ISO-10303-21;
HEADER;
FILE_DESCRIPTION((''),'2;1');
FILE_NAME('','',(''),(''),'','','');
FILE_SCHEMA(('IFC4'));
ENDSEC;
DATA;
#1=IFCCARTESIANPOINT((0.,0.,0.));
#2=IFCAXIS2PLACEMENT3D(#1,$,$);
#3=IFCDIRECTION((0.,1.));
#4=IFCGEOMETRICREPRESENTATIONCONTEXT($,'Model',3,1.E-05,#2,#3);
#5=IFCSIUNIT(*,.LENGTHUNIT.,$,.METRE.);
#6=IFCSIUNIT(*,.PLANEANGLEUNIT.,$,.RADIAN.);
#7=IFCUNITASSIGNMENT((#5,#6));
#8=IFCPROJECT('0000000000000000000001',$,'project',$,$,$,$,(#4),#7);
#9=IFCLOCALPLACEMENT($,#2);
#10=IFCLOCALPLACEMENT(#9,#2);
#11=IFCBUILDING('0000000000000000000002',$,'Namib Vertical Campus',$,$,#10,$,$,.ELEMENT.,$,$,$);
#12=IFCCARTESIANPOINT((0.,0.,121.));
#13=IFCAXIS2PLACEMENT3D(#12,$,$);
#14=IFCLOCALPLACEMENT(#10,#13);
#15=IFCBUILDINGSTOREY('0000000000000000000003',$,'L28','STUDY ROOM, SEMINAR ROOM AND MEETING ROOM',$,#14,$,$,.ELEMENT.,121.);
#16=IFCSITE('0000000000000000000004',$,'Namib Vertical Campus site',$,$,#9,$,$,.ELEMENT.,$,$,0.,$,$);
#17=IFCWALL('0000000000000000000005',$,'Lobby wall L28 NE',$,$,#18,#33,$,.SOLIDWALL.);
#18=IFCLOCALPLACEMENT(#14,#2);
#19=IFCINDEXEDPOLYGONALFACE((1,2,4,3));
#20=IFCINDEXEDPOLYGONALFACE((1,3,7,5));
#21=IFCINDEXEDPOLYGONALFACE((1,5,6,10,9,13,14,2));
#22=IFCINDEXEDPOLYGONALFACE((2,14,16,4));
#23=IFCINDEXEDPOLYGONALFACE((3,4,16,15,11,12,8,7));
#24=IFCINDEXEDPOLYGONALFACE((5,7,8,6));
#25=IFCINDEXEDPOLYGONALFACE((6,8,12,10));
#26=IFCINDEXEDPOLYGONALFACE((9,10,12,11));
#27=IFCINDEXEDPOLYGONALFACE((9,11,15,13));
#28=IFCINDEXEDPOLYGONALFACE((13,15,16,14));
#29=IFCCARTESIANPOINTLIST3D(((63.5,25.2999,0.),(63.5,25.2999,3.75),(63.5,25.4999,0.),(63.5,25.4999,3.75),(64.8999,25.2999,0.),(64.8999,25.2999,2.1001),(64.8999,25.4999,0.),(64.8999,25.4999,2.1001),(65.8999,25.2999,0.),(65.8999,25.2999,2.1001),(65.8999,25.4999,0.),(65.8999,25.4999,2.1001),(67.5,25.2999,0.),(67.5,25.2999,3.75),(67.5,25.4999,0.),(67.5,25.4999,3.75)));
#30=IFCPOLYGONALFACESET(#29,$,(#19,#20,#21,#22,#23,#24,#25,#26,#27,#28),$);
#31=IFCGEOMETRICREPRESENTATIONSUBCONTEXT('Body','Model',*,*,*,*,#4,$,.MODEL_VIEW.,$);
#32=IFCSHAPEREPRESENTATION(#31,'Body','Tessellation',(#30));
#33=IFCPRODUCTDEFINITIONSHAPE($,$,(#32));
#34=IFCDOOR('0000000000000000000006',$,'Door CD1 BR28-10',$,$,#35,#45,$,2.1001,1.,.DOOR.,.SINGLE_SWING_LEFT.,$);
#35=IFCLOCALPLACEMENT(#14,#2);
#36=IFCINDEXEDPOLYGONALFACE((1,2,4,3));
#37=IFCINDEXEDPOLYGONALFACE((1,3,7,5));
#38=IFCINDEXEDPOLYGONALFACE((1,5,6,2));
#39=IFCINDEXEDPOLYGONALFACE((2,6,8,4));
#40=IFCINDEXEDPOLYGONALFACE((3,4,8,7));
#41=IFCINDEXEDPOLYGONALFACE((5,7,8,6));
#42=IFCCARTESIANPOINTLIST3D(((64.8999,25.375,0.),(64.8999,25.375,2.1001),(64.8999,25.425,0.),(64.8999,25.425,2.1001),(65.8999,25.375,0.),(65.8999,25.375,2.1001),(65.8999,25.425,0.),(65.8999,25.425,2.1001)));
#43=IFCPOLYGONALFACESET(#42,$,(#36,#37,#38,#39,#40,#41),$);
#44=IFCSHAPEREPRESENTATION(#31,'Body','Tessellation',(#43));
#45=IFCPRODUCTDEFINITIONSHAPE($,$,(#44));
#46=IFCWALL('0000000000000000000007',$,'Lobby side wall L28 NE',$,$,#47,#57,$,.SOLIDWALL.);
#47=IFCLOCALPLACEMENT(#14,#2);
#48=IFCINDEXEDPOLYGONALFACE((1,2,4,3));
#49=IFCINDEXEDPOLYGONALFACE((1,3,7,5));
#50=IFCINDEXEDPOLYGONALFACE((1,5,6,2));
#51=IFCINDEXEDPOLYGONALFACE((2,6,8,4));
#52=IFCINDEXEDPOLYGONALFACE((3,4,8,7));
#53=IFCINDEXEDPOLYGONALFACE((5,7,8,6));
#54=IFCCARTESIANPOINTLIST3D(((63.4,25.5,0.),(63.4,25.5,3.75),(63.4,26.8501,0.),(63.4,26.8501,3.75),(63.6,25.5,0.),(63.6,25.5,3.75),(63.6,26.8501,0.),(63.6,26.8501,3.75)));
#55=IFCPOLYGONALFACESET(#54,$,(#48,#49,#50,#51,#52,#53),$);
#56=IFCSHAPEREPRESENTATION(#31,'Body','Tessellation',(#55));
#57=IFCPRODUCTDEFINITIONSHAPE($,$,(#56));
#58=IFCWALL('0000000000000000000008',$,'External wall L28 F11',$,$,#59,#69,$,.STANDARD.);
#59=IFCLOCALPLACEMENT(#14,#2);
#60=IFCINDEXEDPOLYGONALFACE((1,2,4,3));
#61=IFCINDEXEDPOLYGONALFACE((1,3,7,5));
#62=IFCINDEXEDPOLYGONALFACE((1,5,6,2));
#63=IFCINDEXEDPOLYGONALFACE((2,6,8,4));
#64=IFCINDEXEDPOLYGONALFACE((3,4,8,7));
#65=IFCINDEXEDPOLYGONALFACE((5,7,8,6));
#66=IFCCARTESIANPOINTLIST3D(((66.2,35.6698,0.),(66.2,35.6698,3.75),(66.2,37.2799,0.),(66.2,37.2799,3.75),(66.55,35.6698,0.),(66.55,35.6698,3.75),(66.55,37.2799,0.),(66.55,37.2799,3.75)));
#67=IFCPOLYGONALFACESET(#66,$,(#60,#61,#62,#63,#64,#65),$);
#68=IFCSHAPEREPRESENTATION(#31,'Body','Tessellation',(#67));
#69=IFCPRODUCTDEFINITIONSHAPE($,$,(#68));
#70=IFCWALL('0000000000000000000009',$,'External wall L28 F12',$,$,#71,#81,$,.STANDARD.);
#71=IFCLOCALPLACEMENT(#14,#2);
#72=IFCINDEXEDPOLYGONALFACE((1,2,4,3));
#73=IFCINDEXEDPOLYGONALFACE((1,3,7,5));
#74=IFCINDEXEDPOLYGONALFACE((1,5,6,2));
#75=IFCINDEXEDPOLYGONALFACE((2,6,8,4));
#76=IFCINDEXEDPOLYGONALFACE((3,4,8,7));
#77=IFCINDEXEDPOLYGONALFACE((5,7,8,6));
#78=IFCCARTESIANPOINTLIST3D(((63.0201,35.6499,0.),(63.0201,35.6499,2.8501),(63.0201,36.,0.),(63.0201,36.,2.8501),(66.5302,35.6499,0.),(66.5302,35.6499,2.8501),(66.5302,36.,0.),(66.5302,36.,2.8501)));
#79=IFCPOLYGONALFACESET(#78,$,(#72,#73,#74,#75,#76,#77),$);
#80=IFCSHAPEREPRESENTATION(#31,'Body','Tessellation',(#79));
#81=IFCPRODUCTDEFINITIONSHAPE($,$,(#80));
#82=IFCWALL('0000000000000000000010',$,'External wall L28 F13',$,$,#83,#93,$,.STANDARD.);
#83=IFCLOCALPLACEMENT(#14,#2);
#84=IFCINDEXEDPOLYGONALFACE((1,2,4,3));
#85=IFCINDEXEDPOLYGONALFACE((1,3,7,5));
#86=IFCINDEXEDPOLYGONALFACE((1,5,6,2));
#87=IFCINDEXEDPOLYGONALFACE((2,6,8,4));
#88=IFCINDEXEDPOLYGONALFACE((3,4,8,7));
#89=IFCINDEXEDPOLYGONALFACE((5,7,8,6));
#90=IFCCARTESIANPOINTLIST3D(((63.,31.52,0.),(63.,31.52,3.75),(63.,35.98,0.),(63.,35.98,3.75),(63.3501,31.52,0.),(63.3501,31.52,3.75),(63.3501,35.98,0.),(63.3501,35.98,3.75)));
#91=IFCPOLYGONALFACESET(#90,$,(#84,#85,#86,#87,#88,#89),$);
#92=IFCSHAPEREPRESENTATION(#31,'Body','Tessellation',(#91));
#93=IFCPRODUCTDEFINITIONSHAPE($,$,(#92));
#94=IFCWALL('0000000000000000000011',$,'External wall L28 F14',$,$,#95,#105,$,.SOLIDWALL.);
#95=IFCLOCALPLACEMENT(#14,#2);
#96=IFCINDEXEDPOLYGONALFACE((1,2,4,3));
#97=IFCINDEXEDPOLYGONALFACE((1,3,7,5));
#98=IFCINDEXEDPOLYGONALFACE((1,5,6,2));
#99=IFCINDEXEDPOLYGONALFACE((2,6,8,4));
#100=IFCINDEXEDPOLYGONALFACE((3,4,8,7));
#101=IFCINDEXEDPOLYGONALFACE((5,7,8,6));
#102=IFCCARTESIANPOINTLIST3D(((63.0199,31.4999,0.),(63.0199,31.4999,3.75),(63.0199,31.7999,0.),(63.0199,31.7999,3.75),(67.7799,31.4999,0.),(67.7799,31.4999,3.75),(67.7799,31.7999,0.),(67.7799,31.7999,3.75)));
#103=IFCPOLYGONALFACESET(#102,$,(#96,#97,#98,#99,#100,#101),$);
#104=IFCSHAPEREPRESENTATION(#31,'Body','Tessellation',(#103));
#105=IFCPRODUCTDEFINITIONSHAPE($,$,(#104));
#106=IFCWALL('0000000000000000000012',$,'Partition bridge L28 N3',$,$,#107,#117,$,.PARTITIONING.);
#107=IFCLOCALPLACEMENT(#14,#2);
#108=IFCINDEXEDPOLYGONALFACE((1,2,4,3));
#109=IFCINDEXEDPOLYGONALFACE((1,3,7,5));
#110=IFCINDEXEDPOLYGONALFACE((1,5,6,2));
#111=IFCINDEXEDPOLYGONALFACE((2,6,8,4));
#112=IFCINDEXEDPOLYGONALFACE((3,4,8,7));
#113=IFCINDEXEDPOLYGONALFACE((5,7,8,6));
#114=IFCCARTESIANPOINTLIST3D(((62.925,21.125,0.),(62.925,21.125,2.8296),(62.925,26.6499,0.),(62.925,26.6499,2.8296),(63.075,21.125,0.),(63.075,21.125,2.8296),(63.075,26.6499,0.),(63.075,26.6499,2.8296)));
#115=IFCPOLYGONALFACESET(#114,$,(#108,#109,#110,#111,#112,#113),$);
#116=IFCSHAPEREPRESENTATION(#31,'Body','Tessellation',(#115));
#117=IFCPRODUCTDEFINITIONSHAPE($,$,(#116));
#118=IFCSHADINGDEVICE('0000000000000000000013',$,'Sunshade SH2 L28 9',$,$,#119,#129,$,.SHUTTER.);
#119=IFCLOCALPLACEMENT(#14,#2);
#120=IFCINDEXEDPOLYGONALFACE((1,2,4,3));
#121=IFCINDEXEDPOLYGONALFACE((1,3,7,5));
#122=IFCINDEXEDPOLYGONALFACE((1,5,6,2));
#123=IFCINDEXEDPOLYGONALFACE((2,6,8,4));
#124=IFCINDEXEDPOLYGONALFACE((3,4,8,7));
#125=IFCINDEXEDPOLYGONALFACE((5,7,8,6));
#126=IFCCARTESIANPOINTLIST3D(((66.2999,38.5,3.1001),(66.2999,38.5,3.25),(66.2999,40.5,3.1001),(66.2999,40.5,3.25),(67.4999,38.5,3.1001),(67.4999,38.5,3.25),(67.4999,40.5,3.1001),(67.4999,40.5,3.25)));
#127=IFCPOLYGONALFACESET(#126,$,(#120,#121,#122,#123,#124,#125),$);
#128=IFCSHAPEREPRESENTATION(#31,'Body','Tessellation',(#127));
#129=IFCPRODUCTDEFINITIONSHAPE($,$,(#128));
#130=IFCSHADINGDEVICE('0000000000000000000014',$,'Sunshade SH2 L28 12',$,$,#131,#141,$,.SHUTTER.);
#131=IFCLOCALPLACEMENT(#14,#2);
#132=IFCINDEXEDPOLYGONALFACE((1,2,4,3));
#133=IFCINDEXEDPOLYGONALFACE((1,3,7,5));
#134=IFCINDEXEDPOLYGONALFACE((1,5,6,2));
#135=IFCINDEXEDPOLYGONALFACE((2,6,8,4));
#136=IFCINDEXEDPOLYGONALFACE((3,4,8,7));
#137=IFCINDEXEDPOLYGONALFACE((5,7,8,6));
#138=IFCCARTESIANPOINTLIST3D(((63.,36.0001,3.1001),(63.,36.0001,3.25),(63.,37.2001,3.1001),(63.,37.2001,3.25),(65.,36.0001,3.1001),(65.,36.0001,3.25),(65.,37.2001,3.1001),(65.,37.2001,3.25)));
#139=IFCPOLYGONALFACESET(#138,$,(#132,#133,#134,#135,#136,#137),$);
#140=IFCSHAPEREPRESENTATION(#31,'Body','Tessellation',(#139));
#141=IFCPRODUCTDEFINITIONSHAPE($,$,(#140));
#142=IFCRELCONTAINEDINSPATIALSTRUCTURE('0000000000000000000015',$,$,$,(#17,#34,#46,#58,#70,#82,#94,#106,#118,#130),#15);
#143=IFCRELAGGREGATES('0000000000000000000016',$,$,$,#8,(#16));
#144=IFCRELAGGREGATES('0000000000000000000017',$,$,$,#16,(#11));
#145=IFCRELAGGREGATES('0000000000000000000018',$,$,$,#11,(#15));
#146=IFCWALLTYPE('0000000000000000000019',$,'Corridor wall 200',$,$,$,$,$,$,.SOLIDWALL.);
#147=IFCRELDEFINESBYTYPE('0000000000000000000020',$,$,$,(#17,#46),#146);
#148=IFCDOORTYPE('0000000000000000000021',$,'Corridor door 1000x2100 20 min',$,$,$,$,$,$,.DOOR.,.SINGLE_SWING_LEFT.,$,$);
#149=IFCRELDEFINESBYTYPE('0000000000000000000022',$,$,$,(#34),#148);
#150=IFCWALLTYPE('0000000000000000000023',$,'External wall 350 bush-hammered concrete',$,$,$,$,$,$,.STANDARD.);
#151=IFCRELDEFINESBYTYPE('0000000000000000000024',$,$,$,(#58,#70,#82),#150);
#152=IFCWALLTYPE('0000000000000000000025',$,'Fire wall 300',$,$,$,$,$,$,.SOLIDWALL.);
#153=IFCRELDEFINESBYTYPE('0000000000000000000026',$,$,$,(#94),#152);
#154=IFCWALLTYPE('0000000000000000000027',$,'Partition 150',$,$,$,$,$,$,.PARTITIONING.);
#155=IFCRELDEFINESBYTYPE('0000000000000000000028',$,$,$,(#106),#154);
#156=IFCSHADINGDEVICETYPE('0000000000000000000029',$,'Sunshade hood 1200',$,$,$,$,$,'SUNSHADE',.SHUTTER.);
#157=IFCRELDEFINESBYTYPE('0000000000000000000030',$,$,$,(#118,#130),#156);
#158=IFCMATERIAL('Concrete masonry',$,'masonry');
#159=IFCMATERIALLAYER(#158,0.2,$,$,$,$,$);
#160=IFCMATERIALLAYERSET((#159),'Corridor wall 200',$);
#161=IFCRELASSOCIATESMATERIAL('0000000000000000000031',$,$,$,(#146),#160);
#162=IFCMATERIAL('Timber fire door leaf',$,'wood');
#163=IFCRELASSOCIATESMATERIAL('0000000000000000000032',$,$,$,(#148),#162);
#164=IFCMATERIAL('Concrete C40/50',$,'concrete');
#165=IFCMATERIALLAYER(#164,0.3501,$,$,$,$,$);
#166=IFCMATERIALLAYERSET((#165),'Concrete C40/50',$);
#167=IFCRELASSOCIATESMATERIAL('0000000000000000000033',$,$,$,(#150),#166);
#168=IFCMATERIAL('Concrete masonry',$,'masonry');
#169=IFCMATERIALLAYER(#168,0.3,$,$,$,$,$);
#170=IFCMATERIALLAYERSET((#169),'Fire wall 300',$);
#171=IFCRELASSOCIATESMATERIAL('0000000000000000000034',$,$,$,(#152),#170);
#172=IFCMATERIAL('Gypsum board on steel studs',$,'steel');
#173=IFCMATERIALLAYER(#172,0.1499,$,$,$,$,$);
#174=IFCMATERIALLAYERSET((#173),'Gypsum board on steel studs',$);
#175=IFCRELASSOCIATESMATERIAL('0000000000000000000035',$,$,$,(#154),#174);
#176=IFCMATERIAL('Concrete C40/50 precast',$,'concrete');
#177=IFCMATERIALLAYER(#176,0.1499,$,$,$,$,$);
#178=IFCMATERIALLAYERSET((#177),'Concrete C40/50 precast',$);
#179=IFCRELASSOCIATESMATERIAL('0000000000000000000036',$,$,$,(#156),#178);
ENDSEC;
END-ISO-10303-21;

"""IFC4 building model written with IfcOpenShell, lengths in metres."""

from ifc_helpers import new_model, si_unit, direction, frame, frame_2d, origin, origin_2d, place, context, subcontext, project, spatial, rectangle, extrude, material, layer, layer_set, type_object, element, fill, save


model = new_model("IFC4")

# Units and contexts
model_context = context("Model", 3, precision=1e-05, world=origin(), true_north=direction((0.0, 1.0)))
body_context = subcontext(model_context, "Body", "Model", "MODEL_VIEW")
ifc_project = project(units=[si_unit("LENGTHUNIT", "METRE"), si_unit("PLANEANGLEUNIT", "RADIAN")], contexts=[model_context])

# Site, building, storey
site_placement = place(None, origin())
site = spatial("IfcSite", under=ifc_project, at=site_placement, Name="Namib Vertical Campus site", CompositionType="ELEMENT", RefElevation=0.0)
building_placement = place(site_placement, origin())
building = spatial("IfcBuilding", under=site, at=building_placement, Name="Namib Vertical Campus", CompositionType="ELEMENT")
storey_placement = place(building_placement, frame((0.0, 0.0, 121.0)))
storey = spatial("IfcBuildingStorey", under=building, at=storey_placement, Name="L28", Description="STUDY ROOM, SEMINAR ROOM AND MEETING ROOM", CompositionType="ELEMENT", Elevation=121.0)

# Wall, opening, door
ifc_material_1 = material(Name="Concrete masonry", Category="masonry")
ifc_layer_1 = layer(ifc_material_1, 0.2)
ifc_layer_set_1 = layer_set([ifc_layer_1], Name="Corridor wall 200")
wall_type_1 = type_object("IfcWallType", Name="Corridor wall 200", PredefinedType="SOLIDWALL", material=ifc_layer_set_1)
wall_1_placement = place(storey_placement, frame((63.5, 25.3999, 0.0), z_axis=(0.0, 0.0, 1.0), x_axis=(1.0, 0.0, 0.0)))
wall_1 = element("IfcWall", 1, at=wall_1_placement, inside=storey, type_object=wall_type_1, Name="Lobby wall L28 NE", PredefinedType="SOLIDWALL", context=body_context, shape_type="SweptSolid", body=[
    extrude(rectangle(XDim=4.0, YDim=0.2, at=frame_2d((2.0, 0.0))), origin(), (0.0, 0.0, 1.0), 3.75),
])
opening_placement = place(wall_1_placement, frame((1.3999, 0.0, 0.0)))
opening = element("IfcOpeningElement", 2, at=opening_placement, cuts=wall_1, PredefinedType="OPENING", context=body_context, shape_type="SweptSolid", body=[
    extrude(rectangle(XDim=1.0, YDim=2.1001, at=frame_2d((0.5, 1.05))), frame((0.0, 0.1099, 0.0), z_axis=(0.0, -1.0, 0.0), x_axis=(1.0, 0.0, 0.0)), (0.0, 0.0, 1.0), 0.22),
])
ifc_material_2 = material(Name="Timber fire door leaf", Category="wood")
door_type = type_object("IfcDoorType", Name="Corridor door 1000x2100 20 min", OperationType="SINGLE_SWING_LEFT", PredefinedType="DOOR", material=ifc_material_2)
door_placement = place(opening_placement, frame((1.0, 0.0, 0.0), z_axis=(0.0, 0.0, 1.0), x_axis=(-1.0, 0.0, 0.0)))
door = element("IfcDoor", 3, at=door_placement, inside=storey, type_object=door_type, Name="Door CD1 BR28-10", OperationType="SINGLE_SWING_LEFT", OverallHeight=2.1001, OverallWidth=1.0, PredefinedType="DOOR", context=body_context, shape_type="SweptSolid", body=[
    extrude(rectangle(XDim=1.0, YDim=2.1001, at=frame_2d((0.5, 1.05))), frame((0.0, 0.0249, 0.0), z_axis=(0.0, -1.0, 0.0), x_axis=(1.0, 0.0, 0.0)), (0.0, 0.0, 1.0), 0.05),
])
fill(opening, door)

# Walls
wall_2_placement = place(storey_placement, frame((63.5, 26.8501, 0.0), z_axis=(0.0, 0.0, 1.0), x_axis=(0.0, -1.0, 0.0)))
element("IfcWall", 4, at=wall_2_placement, inside=storey, type_object=wall_type_1, Name="Lobby side wall L28 NE", PredefinedType="SOLIDWALL", context=body_context, shape_type="SweptSolid", body=[
    extrude(rectangle(XDim=1.3501, YDim=0.2, at=frame_2d((0.675, 0.0))), origin(), (0.0, 0.0, 1.0), 3.75),
])
ifc_material_3 = material(Name="Concrete C40/50", Category="concrete")
ifc_layer_2 = layer(ifc_material_3, 0.3501)
ifc_layer_set_2 = layer_set([ifc_layer_2], Name="Concrete C40/50")
wall_type_2 = type_object("IfcWallType", Name="External wall 350 bush-hammered concrete", PredefinedType="STANDARD", material=ifc_layer_set_2)
wall_3_placement = place(storey_placement, frame((66.375, 37.28, 0.0), z_axis=(0.0, 0.0, 1.0), x_axis=(0.0, -1.0, 0.0)))
element("IfcWall", 5, at=wall_3_placement, inside=storey, type_object=wall_type_2, Name="External wall L28 F11", PredefinedType="STANDARD", context=body_context, shape_type="SweptSolid", body=[
    extrude(rectangle(XDim=1.6101, YDim=0.3501, at=frame_2d((0.8052, 0.0))), origin(), (0.0, 0.0, 1.0), 3.75),
])
wall_4_placement = place(storey_placement, frame((66.53, 35.825, 0.0), z_axis=(0.0, 0.0, 1.0), x_axis=(-1.0, 0.0, 0.0)))
element("IfcWall", 6, at=wall_4_placement, inside=storey, type_object=wall_type_2, Name="External wall L28 F12", PredefinedType="STANDARD", context=body_context, shape_type="SweptSolid", body=[
    extrude(rectangle(XDim=3.51, YDim=0.3501, at=frame_2d((1.7549, 0.0))), origin(), (0.0, 0.0, 1.0), 2.8501),
])
wall_5_placement = place(storey_placement, frame((63.175, 35.98, 0.0), z_axis=(0.0, 0.0, 1.0), x_axis=(0.0, -1.0, 0.0)))
element("IfcWall", 7, at=wall_5_placement, inside=storey, type_object=wall_type_2, Name="External wall L28 F13", PredefinedType="STANDARD", context=body_context, shape_type="SweptSolid", body=[
    extrude(rectangle(XDim=4.46, YDim=0.3501, at=frame_2d((2.23, 0.0))), origin(), (0.0, 0.0, 1.0), 3.75),
])
ifc_material_4 = material(Name="Concrete masonry", Category="masonry")
ifc_layer_3 = layer(ifc_material_4, 0.3)
ifc_layer_set_3 = layer_set([ifc_layer_3], Name="Fire wall 300")
wall_type_3 = type_object("IfcWallType", Name="Fire wall 300", PredefinedType="SOLIDWALL", material=ifc_layer_set_3)
wall_6_placement = place(storey_placement, frame((63.02, 31.6499, 0.0), z_axis=(0.0, 0.0, 1.0), x_axis=(1.0, 0.0, 0.0)))
element("IfcWall", 8, at=wall_6_placement, inside=storey, type_object=wall_type_3, Name="External wall L28 F14", PredefinedType="SOLIDWALL", context=body_context, shape_type="SweptSolid", body=[
    extrude(rectangle(XDim=4.76, YDim=0.3, at=frame_2d((2.3799, 0.0))), origin(), (0.0, 0.0, 1.0), 3.75),
])
ifc_material_5 = material(Name="Gypsum board on steel studs", Category="steel")
ifc_layer_4 = layer(ifc_material_5, 0.1499)
ifc_layer_set_4 = layer_set([ifc_layer_4], Name="Gypsum board on steel studs")
wall_type_4 = type_object("IfcWallType", Name="Partition 150", PredefinedType="PARTITIONING", material=ifc_layer_set_4)
wall_7_placement = place(storey_placement, frame((63.0, 26.6499, 0.0), z_axis=(0.0, 0.0, 1.0), x_axis=(0.0, -1.0, 0.0)))
element("IfcWall", 9, at=wall_7_placement, inside=storey, type_object=wall_type_4, Name="Partition bridge L28 N3", PredefinedType="PARTITIONING", context=body_context, shape_type="SweptSolid", body=[
    extrude(rectangle(XDim=5.5249, YDim=0.1499, at=frame_2d((2.7625, 0.0))), origin(), (0.0, 0.0, 1.0), 2.8296),
])

# Shading devices
ifc_material_6 = material(Name="Concrete C40/50 precast", Category="concrete")
ifc_layer_5 = layer(ifc_material_6, 0.1499)
ifc_layer_set_5 = layer_set([ifc_layer_5], Name="Concrete C40/50 precast")
shading_device_type = type_object("IfcShadingDeviceType", Name="Sunshade hood 1200", ElementType="SUNSHADE", PredefinedType="SHUTTER", material=ifc_layer_set_5)
for number, where, z_axis, x_axis, name in (
    (10, (66.8999, 39.5, 3.1001), (0.0, 0.0, 1.0), (0.0, -1.0, 0.0), "Sunshade SH2 L28 9"),
    (11, (64.0, 36.6001, 3.1001), (0.0, 0.0, 1.0), (-1.0, 0.0, 0.0), "Sunshade SH2 L28 12"),
):
    element("IfcShadingDevice", number, at=place(storey_placement, frame(where, z_axis=z_axis, x_axis=x_axis)), inside=storey, type_object=shading_device_type, Name=name, PredefinedType="SHUTTER", context=body_context, shape_type="SweptSolid", body=[
        extrude(rectangle(XDim=2.0, YDim=1.2, at=origin_2d()), origin(), (0.0, 0.0, 1.0), 0.1499),
    ])

save(model, "model.ifc")
